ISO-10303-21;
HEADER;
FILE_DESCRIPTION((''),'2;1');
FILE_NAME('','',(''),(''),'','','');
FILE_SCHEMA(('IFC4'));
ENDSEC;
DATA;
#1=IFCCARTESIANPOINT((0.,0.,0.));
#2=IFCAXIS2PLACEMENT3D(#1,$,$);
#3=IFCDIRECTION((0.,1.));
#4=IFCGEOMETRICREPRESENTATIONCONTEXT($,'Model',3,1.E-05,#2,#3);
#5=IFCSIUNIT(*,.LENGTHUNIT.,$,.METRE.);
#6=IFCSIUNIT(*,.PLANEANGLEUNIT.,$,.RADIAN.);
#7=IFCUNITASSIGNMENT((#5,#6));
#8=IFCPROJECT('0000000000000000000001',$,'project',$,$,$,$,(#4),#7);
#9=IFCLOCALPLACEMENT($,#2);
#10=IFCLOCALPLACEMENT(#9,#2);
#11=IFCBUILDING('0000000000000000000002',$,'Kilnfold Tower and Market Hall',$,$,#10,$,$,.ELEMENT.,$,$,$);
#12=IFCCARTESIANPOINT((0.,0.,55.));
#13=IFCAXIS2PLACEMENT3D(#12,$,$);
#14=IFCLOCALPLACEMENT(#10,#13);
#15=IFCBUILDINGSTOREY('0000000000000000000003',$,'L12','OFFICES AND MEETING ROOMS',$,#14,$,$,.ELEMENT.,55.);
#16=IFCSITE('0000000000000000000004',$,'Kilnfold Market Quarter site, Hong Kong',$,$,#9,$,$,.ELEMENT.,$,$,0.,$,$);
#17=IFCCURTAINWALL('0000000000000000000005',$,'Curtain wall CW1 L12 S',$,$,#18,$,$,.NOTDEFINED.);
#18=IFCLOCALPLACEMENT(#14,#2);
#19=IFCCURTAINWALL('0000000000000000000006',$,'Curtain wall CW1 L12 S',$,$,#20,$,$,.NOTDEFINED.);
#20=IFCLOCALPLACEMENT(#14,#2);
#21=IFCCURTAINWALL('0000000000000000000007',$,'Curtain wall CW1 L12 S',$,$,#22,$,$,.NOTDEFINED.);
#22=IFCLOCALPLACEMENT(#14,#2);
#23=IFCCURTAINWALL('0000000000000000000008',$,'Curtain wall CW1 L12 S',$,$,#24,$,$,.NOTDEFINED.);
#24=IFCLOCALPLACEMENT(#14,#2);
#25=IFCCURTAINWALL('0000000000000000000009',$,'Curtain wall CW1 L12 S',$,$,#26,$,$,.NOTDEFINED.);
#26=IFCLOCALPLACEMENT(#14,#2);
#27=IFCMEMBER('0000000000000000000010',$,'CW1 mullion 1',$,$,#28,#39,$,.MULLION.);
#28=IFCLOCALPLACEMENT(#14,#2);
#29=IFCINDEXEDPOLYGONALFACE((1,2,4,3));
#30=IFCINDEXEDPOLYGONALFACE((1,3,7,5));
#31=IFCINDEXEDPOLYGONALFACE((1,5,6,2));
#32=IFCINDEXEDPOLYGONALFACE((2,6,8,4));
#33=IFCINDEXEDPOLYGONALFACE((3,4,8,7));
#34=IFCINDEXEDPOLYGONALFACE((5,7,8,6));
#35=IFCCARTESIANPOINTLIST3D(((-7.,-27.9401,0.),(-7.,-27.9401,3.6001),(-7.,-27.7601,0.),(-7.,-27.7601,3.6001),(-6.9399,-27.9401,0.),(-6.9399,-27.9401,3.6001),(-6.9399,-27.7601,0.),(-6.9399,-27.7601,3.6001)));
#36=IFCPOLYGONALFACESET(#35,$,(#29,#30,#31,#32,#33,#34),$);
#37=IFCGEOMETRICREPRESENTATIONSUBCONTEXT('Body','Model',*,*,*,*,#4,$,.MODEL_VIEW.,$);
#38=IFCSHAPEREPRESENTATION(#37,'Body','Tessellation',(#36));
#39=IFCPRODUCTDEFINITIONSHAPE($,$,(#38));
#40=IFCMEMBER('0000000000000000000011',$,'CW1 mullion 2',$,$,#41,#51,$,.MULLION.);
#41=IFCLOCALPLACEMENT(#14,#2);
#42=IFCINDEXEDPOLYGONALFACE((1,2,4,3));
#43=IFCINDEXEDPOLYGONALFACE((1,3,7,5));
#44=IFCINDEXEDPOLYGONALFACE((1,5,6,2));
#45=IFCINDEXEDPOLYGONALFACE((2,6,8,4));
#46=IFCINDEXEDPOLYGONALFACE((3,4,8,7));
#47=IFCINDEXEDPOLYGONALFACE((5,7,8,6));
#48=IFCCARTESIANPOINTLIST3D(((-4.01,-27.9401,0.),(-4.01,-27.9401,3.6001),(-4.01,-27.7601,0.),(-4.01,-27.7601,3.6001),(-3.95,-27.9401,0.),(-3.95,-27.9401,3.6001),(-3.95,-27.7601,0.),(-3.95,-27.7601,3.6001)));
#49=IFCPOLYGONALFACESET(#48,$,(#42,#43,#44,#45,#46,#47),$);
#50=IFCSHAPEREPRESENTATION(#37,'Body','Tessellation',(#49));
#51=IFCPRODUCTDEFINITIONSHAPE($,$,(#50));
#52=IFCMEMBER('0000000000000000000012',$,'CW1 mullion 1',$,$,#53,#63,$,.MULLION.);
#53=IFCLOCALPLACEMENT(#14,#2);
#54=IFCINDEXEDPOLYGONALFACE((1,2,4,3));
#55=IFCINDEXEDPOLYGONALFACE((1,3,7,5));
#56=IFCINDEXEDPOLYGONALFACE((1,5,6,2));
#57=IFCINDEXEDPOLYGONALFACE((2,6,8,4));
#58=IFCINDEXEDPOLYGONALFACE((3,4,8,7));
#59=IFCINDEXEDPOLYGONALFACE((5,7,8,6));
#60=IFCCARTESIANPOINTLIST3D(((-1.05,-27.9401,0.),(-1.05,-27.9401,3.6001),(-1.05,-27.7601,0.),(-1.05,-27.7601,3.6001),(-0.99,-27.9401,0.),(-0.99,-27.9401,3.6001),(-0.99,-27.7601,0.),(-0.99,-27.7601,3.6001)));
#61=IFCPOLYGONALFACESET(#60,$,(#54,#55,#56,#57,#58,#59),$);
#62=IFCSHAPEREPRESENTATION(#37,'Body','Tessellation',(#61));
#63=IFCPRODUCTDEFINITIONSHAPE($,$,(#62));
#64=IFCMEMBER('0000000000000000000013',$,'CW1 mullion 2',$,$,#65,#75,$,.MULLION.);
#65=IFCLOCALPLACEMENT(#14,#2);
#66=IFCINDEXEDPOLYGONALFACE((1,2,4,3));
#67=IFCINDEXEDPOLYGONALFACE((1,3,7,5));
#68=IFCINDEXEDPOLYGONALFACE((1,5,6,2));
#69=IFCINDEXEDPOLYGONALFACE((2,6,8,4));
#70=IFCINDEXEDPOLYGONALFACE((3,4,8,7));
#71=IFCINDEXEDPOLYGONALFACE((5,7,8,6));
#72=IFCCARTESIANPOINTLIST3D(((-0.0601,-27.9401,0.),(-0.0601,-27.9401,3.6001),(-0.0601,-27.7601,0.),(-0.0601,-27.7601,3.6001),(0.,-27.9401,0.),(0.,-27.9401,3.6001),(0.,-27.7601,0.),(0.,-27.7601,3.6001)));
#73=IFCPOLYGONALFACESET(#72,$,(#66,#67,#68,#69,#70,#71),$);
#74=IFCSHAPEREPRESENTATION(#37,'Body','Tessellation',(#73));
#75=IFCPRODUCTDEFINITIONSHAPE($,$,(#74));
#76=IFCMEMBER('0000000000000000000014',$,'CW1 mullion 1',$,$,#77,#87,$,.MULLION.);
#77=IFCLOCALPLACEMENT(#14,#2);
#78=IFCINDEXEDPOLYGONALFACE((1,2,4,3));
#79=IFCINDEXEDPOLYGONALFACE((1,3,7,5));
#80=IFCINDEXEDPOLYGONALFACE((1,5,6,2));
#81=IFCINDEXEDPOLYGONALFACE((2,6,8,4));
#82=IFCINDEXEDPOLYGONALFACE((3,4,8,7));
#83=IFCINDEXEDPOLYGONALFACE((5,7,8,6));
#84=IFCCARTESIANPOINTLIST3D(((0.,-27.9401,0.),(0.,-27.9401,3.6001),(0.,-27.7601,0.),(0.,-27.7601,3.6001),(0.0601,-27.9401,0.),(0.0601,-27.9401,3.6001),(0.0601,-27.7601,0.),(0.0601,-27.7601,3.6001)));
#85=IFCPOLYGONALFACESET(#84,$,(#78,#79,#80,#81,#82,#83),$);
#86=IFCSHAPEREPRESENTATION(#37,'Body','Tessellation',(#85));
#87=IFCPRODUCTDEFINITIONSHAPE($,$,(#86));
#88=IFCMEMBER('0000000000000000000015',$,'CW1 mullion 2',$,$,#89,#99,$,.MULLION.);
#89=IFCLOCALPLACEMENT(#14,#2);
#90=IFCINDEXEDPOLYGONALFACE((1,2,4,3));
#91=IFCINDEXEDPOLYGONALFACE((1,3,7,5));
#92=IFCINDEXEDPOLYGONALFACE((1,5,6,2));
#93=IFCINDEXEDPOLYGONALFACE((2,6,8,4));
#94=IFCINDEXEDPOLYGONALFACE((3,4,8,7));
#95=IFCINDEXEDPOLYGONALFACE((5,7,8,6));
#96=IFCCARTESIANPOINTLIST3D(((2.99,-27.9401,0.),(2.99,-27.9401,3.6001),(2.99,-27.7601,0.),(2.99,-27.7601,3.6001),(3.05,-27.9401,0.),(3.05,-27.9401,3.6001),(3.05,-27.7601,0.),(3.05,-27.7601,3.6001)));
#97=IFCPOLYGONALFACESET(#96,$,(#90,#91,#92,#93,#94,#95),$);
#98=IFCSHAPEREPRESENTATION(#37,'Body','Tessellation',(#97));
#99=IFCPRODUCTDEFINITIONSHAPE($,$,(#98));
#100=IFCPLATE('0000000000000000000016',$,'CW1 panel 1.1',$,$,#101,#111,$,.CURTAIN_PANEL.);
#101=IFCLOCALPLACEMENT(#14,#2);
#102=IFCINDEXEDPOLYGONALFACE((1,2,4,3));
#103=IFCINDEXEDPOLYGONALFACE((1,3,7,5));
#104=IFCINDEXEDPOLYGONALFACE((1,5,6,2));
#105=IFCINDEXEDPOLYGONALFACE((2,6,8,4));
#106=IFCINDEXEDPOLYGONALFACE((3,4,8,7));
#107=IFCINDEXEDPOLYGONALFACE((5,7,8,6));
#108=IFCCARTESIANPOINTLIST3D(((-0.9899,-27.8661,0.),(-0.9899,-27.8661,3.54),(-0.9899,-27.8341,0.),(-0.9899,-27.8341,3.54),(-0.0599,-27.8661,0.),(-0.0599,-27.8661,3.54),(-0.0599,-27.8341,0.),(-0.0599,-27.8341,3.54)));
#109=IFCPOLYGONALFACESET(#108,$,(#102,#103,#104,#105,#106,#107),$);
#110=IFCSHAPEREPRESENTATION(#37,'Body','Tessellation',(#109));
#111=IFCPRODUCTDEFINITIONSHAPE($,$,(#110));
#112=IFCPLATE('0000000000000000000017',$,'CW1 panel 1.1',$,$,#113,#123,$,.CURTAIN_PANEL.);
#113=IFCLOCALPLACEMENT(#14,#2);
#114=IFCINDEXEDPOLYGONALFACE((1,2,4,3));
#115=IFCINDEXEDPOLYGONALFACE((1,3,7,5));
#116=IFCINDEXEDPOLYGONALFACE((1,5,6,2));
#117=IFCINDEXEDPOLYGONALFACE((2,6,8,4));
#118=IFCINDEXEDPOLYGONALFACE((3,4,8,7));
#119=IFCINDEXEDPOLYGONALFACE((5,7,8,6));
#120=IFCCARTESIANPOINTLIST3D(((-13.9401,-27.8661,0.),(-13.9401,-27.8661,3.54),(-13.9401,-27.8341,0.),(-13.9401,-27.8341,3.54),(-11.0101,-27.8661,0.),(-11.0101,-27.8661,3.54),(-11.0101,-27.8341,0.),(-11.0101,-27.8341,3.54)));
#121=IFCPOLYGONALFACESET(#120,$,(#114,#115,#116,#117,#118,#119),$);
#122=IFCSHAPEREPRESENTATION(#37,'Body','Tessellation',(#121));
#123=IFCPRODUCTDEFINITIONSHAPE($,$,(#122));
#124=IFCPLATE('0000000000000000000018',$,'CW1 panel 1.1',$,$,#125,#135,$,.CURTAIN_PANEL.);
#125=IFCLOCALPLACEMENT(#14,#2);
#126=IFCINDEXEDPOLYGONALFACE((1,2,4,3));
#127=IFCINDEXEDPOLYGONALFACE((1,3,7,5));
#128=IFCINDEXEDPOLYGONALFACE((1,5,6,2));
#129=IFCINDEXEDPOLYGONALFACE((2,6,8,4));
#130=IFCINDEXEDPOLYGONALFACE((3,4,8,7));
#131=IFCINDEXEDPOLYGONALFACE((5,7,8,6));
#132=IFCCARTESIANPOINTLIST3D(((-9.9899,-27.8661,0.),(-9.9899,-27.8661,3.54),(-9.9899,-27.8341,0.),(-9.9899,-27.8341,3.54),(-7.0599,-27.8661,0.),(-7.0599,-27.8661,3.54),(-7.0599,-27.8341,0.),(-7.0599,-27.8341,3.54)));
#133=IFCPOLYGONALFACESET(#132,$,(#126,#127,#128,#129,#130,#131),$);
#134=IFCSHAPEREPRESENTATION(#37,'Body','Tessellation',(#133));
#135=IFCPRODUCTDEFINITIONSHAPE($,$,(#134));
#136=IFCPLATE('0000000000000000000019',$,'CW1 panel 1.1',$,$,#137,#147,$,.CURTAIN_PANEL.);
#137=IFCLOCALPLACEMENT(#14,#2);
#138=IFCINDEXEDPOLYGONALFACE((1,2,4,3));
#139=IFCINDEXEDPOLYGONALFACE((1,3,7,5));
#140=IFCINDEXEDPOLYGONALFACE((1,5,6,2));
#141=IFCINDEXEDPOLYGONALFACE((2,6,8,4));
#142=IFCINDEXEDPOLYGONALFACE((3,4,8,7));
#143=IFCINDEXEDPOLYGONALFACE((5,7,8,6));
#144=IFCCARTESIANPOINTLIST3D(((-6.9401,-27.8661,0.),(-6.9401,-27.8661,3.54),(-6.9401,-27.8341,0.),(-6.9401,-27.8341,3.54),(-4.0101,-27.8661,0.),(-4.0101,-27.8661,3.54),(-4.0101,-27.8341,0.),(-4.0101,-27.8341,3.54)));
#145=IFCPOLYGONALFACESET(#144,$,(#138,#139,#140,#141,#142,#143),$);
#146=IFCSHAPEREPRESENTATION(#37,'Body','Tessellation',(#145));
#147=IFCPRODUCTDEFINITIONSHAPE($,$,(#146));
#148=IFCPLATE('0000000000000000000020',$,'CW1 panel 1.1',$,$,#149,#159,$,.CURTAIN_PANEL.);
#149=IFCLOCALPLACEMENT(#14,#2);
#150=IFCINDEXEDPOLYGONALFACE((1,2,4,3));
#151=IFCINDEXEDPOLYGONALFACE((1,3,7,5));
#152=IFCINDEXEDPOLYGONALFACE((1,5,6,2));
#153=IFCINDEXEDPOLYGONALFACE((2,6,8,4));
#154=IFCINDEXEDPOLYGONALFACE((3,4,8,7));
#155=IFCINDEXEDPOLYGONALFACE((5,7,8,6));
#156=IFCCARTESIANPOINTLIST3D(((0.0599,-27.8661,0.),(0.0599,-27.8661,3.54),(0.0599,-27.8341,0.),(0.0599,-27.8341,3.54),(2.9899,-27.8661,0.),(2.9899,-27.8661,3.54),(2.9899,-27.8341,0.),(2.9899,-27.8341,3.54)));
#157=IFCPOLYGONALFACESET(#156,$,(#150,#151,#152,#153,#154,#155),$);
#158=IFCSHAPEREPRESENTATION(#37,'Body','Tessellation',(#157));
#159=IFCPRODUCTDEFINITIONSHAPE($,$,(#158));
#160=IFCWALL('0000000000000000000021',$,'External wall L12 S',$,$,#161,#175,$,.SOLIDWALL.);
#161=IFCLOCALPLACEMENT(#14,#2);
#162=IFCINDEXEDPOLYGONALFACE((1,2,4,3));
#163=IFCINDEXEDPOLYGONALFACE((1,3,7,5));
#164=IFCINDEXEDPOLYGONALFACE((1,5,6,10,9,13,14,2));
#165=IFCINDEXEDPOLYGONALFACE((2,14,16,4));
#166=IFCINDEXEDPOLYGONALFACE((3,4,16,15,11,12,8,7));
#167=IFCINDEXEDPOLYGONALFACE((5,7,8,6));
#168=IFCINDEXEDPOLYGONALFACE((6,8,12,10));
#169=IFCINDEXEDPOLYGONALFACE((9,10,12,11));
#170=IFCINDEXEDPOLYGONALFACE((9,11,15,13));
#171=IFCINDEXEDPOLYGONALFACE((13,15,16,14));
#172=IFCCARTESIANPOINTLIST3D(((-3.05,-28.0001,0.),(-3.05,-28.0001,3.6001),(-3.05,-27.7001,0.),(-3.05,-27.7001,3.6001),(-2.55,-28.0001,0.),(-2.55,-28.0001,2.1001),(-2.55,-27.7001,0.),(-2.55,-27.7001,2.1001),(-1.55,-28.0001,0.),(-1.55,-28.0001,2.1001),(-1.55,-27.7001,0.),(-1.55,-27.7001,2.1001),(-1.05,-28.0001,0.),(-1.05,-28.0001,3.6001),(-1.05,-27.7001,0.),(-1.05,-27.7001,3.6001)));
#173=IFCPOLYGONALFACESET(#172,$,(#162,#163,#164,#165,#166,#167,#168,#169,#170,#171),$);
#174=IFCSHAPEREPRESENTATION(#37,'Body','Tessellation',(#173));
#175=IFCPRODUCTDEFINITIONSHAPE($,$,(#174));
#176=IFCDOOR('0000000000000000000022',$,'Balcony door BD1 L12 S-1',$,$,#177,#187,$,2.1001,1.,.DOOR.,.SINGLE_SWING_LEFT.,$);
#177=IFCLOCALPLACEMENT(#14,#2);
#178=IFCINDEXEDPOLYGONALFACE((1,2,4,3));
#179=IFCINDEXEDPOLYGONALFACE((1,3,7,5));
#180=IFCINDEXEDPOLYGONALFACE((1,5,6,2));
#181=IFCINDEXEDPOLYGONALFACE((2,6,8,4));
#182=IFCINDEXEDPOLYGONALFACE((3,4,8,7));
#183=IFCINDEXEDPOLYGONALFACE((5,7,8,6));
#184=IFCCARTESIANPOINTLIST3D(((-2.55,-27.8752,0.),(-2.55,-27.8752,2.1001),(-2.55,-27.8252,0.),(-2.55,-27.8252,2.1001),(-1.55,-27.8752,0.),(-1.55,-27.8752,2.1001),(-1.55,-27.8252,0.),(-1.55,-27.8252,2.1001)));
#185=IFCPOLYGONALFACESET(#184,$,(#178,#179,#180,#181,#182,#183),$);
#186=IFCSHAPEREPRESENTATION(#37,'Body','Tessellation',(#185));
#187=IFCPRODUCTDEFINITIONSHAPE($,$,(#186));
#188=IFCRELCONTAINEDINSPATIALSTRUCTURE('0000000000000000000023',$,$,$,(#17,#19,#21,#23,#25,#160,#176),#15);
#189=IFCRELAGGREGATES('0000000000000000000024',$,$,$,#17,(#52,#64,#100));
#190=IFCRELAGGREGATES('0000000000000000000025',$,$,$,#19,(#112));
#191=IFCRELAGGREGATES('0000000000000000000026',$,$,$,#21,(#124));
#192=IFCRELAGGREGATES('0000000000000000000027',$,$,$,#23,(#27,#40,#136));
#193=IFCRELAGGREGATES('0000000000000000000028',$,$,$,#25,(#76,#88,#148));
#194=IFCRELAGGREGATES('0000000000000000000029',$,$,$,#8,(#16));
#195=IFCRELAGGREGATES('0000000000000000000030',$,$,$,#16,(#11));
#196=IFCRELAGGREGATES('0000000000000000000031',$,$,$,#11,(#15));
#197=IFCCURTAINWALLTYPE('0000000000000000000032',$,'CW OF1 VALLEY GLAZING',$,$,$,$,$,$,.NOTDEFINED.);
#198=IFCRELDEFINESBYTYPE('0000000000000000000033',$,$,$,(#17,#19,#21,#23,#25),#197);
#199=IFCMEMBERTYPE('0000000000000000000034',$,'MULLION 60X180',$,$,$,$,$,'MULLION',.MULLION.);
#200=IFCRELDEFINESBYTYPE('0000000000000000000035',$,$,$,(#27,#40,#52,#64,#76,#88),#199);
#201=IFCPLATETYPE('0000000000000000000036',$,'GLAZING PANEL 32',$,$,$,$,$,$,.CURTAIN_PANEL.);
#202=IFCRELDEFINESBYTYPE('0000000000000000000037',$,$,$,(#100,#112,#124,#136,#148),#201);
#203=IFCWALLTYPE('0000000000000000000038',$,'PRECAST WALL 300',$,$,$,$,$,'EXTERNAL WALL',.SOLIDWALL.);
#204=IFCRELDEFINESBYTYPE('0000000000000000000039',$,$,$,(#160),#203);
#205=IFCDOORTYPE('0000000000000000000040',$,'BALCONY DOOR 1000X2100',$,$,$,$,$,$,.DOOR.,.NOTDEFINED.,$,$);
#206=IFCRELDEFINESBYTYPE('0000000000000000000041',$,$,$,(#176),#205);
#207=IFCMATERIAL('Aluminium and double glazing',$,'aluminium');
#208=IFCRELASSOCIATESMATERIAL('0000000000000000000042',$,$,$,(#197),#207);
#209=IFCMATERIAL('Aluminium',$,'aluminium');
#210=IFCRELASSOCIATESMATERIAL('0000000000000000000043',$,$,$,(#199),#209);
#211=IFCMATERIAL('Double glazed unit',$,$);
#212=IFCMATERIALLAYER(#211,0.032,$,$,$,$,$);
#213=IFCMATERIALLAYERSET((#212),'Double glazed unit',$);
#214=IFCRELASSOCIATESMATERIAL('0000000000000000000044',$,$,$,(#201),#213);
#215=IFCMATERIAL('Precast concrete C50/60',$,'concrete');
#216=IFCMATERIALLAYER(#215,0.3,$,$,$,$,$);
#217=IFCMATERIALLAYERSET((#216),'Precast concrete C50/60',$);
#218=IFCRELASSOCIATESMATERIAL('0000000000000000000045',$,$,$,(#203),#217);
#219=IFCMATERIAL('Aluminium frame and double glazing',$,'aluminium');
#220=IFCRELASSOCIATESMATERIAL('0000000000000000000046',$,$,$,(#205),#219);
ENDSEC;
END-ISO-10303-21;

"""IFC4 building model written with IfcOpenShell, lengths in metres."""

from ifc_helpers import new_model, si_unit, direction, frame, frame_2d, origin, origin_2d, place, context, subcontext, project, spatial, rectangle, extrude, source, transform, mapped, material, layer, layer_set, material_profile, profile_set, type_object, element, fill, aggregate, save


model = new_model("IFC4")

# Units and contexts
model_context = context("Model", 3, precision=1e-05, world=origin(), true_north=direction((0.0, 1.0)))
body_context = subcontext(model_context, "Body", "Model", "MODEL_VIEW")
ifc_project = project(units=[si_unit("LENGTHUNIT", "METRE"), si_unit("PLANEANGLEUNIT", "RADIAN")], contexts=[model_context])

# Site, building, storey
site_placement = place(None, origin())
site = spatial("IfcSite", under=ifc_project, at=site_placement, Name="Kilnfold Market Quarter site, Hong Kong", CompositionType="ELEMENT", RefElevation=0.0)
building_placement = place(site_placement, origin())
building = spatial("IfcBuilding", under=site, at=building_placement, Name="Kilnfold Tower and Market Hall", CompositionType="ELEMENT")
storey_placement = place(building_placement, frame((0.0, 0.0, 55.0)))
storey = spatial("IfcBuildingStorey", under=building, at=storey_placement, Name="L12", Description="OFFICES AND MEETING ROOMS", CompositionType="ELEMENT", Elevation=55.0)

# Curtain walls
ifc_material_1 = material(Name="Aluminium and double glazing", Category="aluminium")
curtain_wall_type = type_object("IfcCurtainWallType", Name="CW OF1 VALLEY GLAZING", PredefinedType="NOTDEFINED", material=ifc_material_1)
curtain_wall_1_placement = place(storey_placement, origin())
curtain_wall_1 = element("IfcCurtainWall", 1, at=curtain_wall_1_placement, inside=storey, type_object=curtain_wall_type, Name="Curtain wall CW1 L12 S", PredefinedType="NOTDEFINED")
curtain_wall_2_placement = place(storey_placement, origin())
curtain_wall_2 = element("IfcCurtainWall", 2, at=curtain_wall_2_placement, inside=storey, type_object=curtain_wall_type, Name="Curtain wall CW1 L12 S", PredefinedType="NOTDEFINED")
curtain_wall_3_placement = place(storey_placement, origin())
curtain_wall_3 = element("IfcCurtainWall", 3, at=curtain_wall_3_placement, inside=storey, type_object=curtain_wall_type, Name="Curtain wall CW1 L12 S", PredefinedType="NOTDEFINED")
curtain_wall_4_placement = place(storey_placement, origin())
curtain_wall_4 = element("IfcCurtainWall", 4, at=curtain_wall_4_placement, inside=storey, type_object=curtain_wall_type, Name="Curtain wall CW1 L12 S", PredefinedType="NOTDEFINED")
curtain_wall_5_placement = place(storey_placement, origin())
curtain_wall_5 = element("IfcCurtainWall", 5, at=curtain_wall_5_placement, inside=storey, type_object=curtain_wall_type, Name="Curtain wall CW1 L12 S", PredefinedType="NOTDEFINED")

# Members
ifc_material_2 = material(Name="Aluminium", Category="aluminium")
ifc_material_profile_1 = material_profile(ifc_material_2, rectangle(XDim=0.0601, YDim=0.1799, at=origin_2d()), Name="MULLION 60x180")
ifc_profile_set_1 = profile_set([ifc_material_profile_1], Name="Aluminium")
member_type_1 = type_object("IfcMemberType", Name="MULLION 60X180", ElementType="MULLION", PredefinedType="MULLION", material=ifc_profile_set_1)
shared_shape_1 = source(origin(), body_context, "Body", "SweptSolid", [
    extrude(rectangle(XDim=0.0601, YDim=0.1799, at=origin_2d()), origin(), (0.0, 0.0, 1.0), 3.6001),
])
member_1_placement = place(storey_placement, frame((-6.97, -27.8501, 0.0), z_axis=(0.0, 0.0, 1.0), x_axis=(1.0, 0.0, 0.0)))
member_1 = element("IfcMember", 6, at=member_1_placement, type_object=member_type_1, Name="CW1 mullion 1", PredefinedType="MULLION", context=body_context, shape_type="MappedRepresentation", body=[
    mapped(shared_shape_1, transform((0.0, 0.0, 0.0))),
])
member_2_placement = place(storey_placement, frame((-3.98, -27.8501, 0.0), z_axis=(0.0, 0.0, 1.0), x_axis=(1.0, 0.0, 0.0)))
member_2 = element("IfcMember", 7, at=member_2_placement, type_object=member_type_1, Name="CW1 mullion 2", PredefinedType="MULLION", context=body_context, shape_type="MappedRepresentation", body=[
    mapped(shared_shape_1, transform((0.0, 0.0, 0.0))),
])
member_3_placement = place(storey_placement, frame((-1.02, -27.8501, 0.0), z_axis=(0.0, 0.0, 1.0), x_axis=(1.0, 0.0, 0.0)))
member_3 = element("IfcMember", 8, at=member_3_placement, type_object=member_type_1, Name="CW1 mullion 1", PredefinedType="MULLION", context=body_context, shape_type="MappedRepresentation", body=[
    mapped(shared_shape_1, transform((0.0, 0.0, 0.0))),
])
member_4_placement = place(storey_placement, frame((-0.03, -27.8501, 0.0), z_axis=(0.0, 0.0, 1.0), x_axis=(1.0, 0.0, 0.0)))
member_4 = element("IfcMember", 9, at=member_4_placement, type_object=member_type_1, Name="CW1 mullion 2", PredefinedType="MULLION", context=body_context, shape_type="MappedRepresentation", body=[
    mapped(shared_shape_1, transform((0.0, 0.0, 0.0))),
])
member_5_placement = place(storey_placement, frame((0.03, -27.8501, 0.0), z_axis=(0.0, 0.0, 1.0), x_axis=(1.0, 0.0, 0.0)))
member_5 = element("IfcMember", 10, at=member_5_placement, type_object=member_type_1, Name="CW1 mullion 1", PredefinedType="MULLION", context=body_context, shape_type="MappedRepresentation", body=[
    mapped(shared_shape_1, transform((0.0, 0.0, 0.0))),
])
member_6_placement = place(storey_placement, frame((3.02, -27.8501, 0.0), z_axis=(0.0, 0.0, 1.0), x_axis=(1.0, 0.0, 0.0)))
member_6 = element("IfcMember", 11, at=member_6_placement, type_object=member_type_1, Name="CW1 mullion 2", PredefinedType="MULLION", context=body_context, shape_type="MappedRepresentation", body=[
    mapped(shared_shape_1, transform((0.0, 0.0, 0.0))),
])

# Plates
ifc_material_3 = material(Name="Double glazed unit")
ifc_layer_1 = layer(ifc_material_3, 0.032)
ifc_layer_set_1 = layer_set([ifc_layer_1], Name="Double glazed unit")
plate_type = type_object("IfcPlateType", Name="GLAZING PANEL 32", PredefinedType="CURTAIN_PANEL", material=ifc_layer_set_1)
shared_shape_2 = source(origin(), body_context, "Body", "SweptSolid", [
    extrude(rectangle(XDim=0.9299, YDim=0.032, at=origin_2d()), origin(), (0.0, 0.0, 1.0), 3.54),
])
plate_1_placement = place(storey_placement, frame((-0.5249, -27.8501, 0.0), z_axis=(0.0, 0.0, 1.0), x_axis=(1.0, 0.0, 0.0)))
plate_1 = element("IfcPlate", 12, at=plate_1_placement, type_object=plate_type, Name="CW1 panel 1.1", PredefinedType="CURTAIN_PANEL", context=body_context, shape_type="MappedRepresentation", body=[
    mapped(shared_shape_2, transform((0.0, 0.0, 0.0))),
])
aggregate(curtain_wall_1, [member_3, member_4, plate_1])
shared_shape_3 = source(origin(), body_context, "Body", "SweptSolid", [
    extrude(rectangle(XDim=2.9299, YDim=0.032, at=origin_2d()), origin(), (0.0, 0.0, 1.0), 3.54),
])
plate_2_placement = place(storey_placement, frame((-12.4751, -27.8501, 0.0), z_axis=(0.0, 0.0, 1.0), x_axis=(1.0, 0.0, 0.0)))
plate_2 = element("IfcPlate", 13, at=plate_2_placement, type_object=plate_type, Name="CW1 panel 1.1", PredefinedType="CURTAIN_PANEL", context=body_context, shape_type="MappedRepresentation", body=[
    mapped(shared_shape_3, transform((0.0, 0.0, 0.0))),
])
aggregate(curtain_wall_2, [plate_2])
plate_3_placement = place(storey_placement, frame((-8.5249, -27.8501, 0.0), z_axis=(0.0, 0.0, 1.0), x_axis=(1.0, 0.0, 0.0)))
plate_3 = element("IfcPlate", 14, at=plate_3_placement, type_object=plate_type, Name="CW1 panel 1.1", PredefinedType="CURTAIN_PANEL", context=body_context, shape_type="MappedRepresentation", body=[
    mapped(shared_shape_3, transform((0.0, 0.0, 0.0))),
])
aggregate(curtain_wall_3, [plate_3])
plate_4_placement = place(storey_placement, frame((-5.4751, -27.8501, 0.0), z_axis=(0.0, 0.0, 1.0), x_axis=(1.0, 0.0, 0.0)))
plate_4 = element("IfcPlate", 15, at=plate_4_placement, type_object=plate_type, Name="CW1 panel 1.1", PredefinedType="CURTAIN_PANEL", context=body_context, shape_type="MappedRepresentation", body=[
    mapped(shared_shape_3, transform((0.0, 0.0, 0.0))),
])
aggregate(curtain_wall_4, [member_1, member_2, plate_4])
plate_5_placement = place(storey_placement, frame((1.5249, -27.8501, 0.0), z_axis=(0.0, 0.0, 1.0), x_axis=(1.0, 0.0, 0.0)))
plate_5 = element("IfcPlate", 16, at=plate_5_placement, type_object=plate_type, Name="CW1 panel 1.1", PredefinedType="CURTAIN_PANEL", context=body_context, shape_type="MappedRepresentation", body=[
    mapped(shared_shape_3, transform((0.0, 0.0, 0.0))),
])
aggregate(curtain_wall_5, [member_5, member_6, plate_5])

# Wall, opening, door
ifc_material_4 = material(Name="Precast concrete C50/60", Category="concrete")
ifc_layer_2 = layer(ifc_material_4, 0.3)
ifc_layer_set_2 = layer_set([ifc_layer_2], Name="Precast concrete C50/60")
wall_type = type_object("IfcWallType", Name="PRECAST WALL 300", ElementType="EXTERNAL WALL", PredefinedType="SOLIDWALL", material=ifc_layer_set_2)
shared_shape_4 = source(origin(), body_context, "Body", "SweptSolid", [
    extrude(rectangle(XDim=2.0, YDim=0.3, at=frame_2d((1.0, 0.0))), origin(), (0.0, 0.0, 1.0), 3.6001),
])
wall_placement = place(storey_placement, frame((-3.05, -27.8501, 0.0), z_axis=(0.0, 0.0, 1.0), x_axis=(1.0, 0.0, 0.0)))
wall = element("IfcWall", 17, at=wall_placement, inside=storey, type_object=wall_type, Name="External wall L12 S", PredefinedType="SOLIDWALL", context=body_context, shape_type="MappedRepresentation", body=[
    mapped(shared_shape_4, transform((0.0, 0.0, 0.0))),
])
opening_placement = place(wall_placement, frame((0.5, 0.0, 0.0)))
opening = element("IfcOpeningElement", 18, at=opening_placement, cuts=wall, PredefinedType="OPENING", context=body_context, shape_type="SweptSolid", body=[
    extrude(rectangle(XDim=1.0, YDim=2.1001, at=frame_2d((0.5, 1.05))), frame((0.0, 0.1602, 0.0), z_axis=(0.0, -1.0, 0.0), x_axis=(1.0, 0.0, 0.0)), (0.0, 0.0, 1.0), 0.3201),
])
ifc_material_5 = material(Name="Aluminium frame and double glazing", Category="aluminium")
door_type = type_object("IfcDoorType", Name="BALCONY DOOR 1000X2100", OperationType="NOTDEFINED", PredefinedType="DOOR", material=ifc_material_5)
door_placement = place(opening_placement, origin())
door = element("IfcDoor", 19, at=door_placement, inside=storey, type_object=door_type, Name="Balcony door BD1 L12 S-1", OperationType="SINGLE_SWING_LEFT", OverallHeight=2.1001, OverallWidth=1.0, PredefinedType="DOOR", context=body_context, shape_type="SweptSolid", body=[
    extrude(rectangle(XDim=1.0, YDim=2.1001, at=frame_2d((0.5, 1.05))), frame((0.0, 0.0249, 0.0), z_axis=(0.0, -1.0, 0.0), x_axis=(1.0, 0.0, 0.0)), (0.0, 0.0, 1.0), 0.05),
])
fill(opening, door)

save(model, "model.ifc")
